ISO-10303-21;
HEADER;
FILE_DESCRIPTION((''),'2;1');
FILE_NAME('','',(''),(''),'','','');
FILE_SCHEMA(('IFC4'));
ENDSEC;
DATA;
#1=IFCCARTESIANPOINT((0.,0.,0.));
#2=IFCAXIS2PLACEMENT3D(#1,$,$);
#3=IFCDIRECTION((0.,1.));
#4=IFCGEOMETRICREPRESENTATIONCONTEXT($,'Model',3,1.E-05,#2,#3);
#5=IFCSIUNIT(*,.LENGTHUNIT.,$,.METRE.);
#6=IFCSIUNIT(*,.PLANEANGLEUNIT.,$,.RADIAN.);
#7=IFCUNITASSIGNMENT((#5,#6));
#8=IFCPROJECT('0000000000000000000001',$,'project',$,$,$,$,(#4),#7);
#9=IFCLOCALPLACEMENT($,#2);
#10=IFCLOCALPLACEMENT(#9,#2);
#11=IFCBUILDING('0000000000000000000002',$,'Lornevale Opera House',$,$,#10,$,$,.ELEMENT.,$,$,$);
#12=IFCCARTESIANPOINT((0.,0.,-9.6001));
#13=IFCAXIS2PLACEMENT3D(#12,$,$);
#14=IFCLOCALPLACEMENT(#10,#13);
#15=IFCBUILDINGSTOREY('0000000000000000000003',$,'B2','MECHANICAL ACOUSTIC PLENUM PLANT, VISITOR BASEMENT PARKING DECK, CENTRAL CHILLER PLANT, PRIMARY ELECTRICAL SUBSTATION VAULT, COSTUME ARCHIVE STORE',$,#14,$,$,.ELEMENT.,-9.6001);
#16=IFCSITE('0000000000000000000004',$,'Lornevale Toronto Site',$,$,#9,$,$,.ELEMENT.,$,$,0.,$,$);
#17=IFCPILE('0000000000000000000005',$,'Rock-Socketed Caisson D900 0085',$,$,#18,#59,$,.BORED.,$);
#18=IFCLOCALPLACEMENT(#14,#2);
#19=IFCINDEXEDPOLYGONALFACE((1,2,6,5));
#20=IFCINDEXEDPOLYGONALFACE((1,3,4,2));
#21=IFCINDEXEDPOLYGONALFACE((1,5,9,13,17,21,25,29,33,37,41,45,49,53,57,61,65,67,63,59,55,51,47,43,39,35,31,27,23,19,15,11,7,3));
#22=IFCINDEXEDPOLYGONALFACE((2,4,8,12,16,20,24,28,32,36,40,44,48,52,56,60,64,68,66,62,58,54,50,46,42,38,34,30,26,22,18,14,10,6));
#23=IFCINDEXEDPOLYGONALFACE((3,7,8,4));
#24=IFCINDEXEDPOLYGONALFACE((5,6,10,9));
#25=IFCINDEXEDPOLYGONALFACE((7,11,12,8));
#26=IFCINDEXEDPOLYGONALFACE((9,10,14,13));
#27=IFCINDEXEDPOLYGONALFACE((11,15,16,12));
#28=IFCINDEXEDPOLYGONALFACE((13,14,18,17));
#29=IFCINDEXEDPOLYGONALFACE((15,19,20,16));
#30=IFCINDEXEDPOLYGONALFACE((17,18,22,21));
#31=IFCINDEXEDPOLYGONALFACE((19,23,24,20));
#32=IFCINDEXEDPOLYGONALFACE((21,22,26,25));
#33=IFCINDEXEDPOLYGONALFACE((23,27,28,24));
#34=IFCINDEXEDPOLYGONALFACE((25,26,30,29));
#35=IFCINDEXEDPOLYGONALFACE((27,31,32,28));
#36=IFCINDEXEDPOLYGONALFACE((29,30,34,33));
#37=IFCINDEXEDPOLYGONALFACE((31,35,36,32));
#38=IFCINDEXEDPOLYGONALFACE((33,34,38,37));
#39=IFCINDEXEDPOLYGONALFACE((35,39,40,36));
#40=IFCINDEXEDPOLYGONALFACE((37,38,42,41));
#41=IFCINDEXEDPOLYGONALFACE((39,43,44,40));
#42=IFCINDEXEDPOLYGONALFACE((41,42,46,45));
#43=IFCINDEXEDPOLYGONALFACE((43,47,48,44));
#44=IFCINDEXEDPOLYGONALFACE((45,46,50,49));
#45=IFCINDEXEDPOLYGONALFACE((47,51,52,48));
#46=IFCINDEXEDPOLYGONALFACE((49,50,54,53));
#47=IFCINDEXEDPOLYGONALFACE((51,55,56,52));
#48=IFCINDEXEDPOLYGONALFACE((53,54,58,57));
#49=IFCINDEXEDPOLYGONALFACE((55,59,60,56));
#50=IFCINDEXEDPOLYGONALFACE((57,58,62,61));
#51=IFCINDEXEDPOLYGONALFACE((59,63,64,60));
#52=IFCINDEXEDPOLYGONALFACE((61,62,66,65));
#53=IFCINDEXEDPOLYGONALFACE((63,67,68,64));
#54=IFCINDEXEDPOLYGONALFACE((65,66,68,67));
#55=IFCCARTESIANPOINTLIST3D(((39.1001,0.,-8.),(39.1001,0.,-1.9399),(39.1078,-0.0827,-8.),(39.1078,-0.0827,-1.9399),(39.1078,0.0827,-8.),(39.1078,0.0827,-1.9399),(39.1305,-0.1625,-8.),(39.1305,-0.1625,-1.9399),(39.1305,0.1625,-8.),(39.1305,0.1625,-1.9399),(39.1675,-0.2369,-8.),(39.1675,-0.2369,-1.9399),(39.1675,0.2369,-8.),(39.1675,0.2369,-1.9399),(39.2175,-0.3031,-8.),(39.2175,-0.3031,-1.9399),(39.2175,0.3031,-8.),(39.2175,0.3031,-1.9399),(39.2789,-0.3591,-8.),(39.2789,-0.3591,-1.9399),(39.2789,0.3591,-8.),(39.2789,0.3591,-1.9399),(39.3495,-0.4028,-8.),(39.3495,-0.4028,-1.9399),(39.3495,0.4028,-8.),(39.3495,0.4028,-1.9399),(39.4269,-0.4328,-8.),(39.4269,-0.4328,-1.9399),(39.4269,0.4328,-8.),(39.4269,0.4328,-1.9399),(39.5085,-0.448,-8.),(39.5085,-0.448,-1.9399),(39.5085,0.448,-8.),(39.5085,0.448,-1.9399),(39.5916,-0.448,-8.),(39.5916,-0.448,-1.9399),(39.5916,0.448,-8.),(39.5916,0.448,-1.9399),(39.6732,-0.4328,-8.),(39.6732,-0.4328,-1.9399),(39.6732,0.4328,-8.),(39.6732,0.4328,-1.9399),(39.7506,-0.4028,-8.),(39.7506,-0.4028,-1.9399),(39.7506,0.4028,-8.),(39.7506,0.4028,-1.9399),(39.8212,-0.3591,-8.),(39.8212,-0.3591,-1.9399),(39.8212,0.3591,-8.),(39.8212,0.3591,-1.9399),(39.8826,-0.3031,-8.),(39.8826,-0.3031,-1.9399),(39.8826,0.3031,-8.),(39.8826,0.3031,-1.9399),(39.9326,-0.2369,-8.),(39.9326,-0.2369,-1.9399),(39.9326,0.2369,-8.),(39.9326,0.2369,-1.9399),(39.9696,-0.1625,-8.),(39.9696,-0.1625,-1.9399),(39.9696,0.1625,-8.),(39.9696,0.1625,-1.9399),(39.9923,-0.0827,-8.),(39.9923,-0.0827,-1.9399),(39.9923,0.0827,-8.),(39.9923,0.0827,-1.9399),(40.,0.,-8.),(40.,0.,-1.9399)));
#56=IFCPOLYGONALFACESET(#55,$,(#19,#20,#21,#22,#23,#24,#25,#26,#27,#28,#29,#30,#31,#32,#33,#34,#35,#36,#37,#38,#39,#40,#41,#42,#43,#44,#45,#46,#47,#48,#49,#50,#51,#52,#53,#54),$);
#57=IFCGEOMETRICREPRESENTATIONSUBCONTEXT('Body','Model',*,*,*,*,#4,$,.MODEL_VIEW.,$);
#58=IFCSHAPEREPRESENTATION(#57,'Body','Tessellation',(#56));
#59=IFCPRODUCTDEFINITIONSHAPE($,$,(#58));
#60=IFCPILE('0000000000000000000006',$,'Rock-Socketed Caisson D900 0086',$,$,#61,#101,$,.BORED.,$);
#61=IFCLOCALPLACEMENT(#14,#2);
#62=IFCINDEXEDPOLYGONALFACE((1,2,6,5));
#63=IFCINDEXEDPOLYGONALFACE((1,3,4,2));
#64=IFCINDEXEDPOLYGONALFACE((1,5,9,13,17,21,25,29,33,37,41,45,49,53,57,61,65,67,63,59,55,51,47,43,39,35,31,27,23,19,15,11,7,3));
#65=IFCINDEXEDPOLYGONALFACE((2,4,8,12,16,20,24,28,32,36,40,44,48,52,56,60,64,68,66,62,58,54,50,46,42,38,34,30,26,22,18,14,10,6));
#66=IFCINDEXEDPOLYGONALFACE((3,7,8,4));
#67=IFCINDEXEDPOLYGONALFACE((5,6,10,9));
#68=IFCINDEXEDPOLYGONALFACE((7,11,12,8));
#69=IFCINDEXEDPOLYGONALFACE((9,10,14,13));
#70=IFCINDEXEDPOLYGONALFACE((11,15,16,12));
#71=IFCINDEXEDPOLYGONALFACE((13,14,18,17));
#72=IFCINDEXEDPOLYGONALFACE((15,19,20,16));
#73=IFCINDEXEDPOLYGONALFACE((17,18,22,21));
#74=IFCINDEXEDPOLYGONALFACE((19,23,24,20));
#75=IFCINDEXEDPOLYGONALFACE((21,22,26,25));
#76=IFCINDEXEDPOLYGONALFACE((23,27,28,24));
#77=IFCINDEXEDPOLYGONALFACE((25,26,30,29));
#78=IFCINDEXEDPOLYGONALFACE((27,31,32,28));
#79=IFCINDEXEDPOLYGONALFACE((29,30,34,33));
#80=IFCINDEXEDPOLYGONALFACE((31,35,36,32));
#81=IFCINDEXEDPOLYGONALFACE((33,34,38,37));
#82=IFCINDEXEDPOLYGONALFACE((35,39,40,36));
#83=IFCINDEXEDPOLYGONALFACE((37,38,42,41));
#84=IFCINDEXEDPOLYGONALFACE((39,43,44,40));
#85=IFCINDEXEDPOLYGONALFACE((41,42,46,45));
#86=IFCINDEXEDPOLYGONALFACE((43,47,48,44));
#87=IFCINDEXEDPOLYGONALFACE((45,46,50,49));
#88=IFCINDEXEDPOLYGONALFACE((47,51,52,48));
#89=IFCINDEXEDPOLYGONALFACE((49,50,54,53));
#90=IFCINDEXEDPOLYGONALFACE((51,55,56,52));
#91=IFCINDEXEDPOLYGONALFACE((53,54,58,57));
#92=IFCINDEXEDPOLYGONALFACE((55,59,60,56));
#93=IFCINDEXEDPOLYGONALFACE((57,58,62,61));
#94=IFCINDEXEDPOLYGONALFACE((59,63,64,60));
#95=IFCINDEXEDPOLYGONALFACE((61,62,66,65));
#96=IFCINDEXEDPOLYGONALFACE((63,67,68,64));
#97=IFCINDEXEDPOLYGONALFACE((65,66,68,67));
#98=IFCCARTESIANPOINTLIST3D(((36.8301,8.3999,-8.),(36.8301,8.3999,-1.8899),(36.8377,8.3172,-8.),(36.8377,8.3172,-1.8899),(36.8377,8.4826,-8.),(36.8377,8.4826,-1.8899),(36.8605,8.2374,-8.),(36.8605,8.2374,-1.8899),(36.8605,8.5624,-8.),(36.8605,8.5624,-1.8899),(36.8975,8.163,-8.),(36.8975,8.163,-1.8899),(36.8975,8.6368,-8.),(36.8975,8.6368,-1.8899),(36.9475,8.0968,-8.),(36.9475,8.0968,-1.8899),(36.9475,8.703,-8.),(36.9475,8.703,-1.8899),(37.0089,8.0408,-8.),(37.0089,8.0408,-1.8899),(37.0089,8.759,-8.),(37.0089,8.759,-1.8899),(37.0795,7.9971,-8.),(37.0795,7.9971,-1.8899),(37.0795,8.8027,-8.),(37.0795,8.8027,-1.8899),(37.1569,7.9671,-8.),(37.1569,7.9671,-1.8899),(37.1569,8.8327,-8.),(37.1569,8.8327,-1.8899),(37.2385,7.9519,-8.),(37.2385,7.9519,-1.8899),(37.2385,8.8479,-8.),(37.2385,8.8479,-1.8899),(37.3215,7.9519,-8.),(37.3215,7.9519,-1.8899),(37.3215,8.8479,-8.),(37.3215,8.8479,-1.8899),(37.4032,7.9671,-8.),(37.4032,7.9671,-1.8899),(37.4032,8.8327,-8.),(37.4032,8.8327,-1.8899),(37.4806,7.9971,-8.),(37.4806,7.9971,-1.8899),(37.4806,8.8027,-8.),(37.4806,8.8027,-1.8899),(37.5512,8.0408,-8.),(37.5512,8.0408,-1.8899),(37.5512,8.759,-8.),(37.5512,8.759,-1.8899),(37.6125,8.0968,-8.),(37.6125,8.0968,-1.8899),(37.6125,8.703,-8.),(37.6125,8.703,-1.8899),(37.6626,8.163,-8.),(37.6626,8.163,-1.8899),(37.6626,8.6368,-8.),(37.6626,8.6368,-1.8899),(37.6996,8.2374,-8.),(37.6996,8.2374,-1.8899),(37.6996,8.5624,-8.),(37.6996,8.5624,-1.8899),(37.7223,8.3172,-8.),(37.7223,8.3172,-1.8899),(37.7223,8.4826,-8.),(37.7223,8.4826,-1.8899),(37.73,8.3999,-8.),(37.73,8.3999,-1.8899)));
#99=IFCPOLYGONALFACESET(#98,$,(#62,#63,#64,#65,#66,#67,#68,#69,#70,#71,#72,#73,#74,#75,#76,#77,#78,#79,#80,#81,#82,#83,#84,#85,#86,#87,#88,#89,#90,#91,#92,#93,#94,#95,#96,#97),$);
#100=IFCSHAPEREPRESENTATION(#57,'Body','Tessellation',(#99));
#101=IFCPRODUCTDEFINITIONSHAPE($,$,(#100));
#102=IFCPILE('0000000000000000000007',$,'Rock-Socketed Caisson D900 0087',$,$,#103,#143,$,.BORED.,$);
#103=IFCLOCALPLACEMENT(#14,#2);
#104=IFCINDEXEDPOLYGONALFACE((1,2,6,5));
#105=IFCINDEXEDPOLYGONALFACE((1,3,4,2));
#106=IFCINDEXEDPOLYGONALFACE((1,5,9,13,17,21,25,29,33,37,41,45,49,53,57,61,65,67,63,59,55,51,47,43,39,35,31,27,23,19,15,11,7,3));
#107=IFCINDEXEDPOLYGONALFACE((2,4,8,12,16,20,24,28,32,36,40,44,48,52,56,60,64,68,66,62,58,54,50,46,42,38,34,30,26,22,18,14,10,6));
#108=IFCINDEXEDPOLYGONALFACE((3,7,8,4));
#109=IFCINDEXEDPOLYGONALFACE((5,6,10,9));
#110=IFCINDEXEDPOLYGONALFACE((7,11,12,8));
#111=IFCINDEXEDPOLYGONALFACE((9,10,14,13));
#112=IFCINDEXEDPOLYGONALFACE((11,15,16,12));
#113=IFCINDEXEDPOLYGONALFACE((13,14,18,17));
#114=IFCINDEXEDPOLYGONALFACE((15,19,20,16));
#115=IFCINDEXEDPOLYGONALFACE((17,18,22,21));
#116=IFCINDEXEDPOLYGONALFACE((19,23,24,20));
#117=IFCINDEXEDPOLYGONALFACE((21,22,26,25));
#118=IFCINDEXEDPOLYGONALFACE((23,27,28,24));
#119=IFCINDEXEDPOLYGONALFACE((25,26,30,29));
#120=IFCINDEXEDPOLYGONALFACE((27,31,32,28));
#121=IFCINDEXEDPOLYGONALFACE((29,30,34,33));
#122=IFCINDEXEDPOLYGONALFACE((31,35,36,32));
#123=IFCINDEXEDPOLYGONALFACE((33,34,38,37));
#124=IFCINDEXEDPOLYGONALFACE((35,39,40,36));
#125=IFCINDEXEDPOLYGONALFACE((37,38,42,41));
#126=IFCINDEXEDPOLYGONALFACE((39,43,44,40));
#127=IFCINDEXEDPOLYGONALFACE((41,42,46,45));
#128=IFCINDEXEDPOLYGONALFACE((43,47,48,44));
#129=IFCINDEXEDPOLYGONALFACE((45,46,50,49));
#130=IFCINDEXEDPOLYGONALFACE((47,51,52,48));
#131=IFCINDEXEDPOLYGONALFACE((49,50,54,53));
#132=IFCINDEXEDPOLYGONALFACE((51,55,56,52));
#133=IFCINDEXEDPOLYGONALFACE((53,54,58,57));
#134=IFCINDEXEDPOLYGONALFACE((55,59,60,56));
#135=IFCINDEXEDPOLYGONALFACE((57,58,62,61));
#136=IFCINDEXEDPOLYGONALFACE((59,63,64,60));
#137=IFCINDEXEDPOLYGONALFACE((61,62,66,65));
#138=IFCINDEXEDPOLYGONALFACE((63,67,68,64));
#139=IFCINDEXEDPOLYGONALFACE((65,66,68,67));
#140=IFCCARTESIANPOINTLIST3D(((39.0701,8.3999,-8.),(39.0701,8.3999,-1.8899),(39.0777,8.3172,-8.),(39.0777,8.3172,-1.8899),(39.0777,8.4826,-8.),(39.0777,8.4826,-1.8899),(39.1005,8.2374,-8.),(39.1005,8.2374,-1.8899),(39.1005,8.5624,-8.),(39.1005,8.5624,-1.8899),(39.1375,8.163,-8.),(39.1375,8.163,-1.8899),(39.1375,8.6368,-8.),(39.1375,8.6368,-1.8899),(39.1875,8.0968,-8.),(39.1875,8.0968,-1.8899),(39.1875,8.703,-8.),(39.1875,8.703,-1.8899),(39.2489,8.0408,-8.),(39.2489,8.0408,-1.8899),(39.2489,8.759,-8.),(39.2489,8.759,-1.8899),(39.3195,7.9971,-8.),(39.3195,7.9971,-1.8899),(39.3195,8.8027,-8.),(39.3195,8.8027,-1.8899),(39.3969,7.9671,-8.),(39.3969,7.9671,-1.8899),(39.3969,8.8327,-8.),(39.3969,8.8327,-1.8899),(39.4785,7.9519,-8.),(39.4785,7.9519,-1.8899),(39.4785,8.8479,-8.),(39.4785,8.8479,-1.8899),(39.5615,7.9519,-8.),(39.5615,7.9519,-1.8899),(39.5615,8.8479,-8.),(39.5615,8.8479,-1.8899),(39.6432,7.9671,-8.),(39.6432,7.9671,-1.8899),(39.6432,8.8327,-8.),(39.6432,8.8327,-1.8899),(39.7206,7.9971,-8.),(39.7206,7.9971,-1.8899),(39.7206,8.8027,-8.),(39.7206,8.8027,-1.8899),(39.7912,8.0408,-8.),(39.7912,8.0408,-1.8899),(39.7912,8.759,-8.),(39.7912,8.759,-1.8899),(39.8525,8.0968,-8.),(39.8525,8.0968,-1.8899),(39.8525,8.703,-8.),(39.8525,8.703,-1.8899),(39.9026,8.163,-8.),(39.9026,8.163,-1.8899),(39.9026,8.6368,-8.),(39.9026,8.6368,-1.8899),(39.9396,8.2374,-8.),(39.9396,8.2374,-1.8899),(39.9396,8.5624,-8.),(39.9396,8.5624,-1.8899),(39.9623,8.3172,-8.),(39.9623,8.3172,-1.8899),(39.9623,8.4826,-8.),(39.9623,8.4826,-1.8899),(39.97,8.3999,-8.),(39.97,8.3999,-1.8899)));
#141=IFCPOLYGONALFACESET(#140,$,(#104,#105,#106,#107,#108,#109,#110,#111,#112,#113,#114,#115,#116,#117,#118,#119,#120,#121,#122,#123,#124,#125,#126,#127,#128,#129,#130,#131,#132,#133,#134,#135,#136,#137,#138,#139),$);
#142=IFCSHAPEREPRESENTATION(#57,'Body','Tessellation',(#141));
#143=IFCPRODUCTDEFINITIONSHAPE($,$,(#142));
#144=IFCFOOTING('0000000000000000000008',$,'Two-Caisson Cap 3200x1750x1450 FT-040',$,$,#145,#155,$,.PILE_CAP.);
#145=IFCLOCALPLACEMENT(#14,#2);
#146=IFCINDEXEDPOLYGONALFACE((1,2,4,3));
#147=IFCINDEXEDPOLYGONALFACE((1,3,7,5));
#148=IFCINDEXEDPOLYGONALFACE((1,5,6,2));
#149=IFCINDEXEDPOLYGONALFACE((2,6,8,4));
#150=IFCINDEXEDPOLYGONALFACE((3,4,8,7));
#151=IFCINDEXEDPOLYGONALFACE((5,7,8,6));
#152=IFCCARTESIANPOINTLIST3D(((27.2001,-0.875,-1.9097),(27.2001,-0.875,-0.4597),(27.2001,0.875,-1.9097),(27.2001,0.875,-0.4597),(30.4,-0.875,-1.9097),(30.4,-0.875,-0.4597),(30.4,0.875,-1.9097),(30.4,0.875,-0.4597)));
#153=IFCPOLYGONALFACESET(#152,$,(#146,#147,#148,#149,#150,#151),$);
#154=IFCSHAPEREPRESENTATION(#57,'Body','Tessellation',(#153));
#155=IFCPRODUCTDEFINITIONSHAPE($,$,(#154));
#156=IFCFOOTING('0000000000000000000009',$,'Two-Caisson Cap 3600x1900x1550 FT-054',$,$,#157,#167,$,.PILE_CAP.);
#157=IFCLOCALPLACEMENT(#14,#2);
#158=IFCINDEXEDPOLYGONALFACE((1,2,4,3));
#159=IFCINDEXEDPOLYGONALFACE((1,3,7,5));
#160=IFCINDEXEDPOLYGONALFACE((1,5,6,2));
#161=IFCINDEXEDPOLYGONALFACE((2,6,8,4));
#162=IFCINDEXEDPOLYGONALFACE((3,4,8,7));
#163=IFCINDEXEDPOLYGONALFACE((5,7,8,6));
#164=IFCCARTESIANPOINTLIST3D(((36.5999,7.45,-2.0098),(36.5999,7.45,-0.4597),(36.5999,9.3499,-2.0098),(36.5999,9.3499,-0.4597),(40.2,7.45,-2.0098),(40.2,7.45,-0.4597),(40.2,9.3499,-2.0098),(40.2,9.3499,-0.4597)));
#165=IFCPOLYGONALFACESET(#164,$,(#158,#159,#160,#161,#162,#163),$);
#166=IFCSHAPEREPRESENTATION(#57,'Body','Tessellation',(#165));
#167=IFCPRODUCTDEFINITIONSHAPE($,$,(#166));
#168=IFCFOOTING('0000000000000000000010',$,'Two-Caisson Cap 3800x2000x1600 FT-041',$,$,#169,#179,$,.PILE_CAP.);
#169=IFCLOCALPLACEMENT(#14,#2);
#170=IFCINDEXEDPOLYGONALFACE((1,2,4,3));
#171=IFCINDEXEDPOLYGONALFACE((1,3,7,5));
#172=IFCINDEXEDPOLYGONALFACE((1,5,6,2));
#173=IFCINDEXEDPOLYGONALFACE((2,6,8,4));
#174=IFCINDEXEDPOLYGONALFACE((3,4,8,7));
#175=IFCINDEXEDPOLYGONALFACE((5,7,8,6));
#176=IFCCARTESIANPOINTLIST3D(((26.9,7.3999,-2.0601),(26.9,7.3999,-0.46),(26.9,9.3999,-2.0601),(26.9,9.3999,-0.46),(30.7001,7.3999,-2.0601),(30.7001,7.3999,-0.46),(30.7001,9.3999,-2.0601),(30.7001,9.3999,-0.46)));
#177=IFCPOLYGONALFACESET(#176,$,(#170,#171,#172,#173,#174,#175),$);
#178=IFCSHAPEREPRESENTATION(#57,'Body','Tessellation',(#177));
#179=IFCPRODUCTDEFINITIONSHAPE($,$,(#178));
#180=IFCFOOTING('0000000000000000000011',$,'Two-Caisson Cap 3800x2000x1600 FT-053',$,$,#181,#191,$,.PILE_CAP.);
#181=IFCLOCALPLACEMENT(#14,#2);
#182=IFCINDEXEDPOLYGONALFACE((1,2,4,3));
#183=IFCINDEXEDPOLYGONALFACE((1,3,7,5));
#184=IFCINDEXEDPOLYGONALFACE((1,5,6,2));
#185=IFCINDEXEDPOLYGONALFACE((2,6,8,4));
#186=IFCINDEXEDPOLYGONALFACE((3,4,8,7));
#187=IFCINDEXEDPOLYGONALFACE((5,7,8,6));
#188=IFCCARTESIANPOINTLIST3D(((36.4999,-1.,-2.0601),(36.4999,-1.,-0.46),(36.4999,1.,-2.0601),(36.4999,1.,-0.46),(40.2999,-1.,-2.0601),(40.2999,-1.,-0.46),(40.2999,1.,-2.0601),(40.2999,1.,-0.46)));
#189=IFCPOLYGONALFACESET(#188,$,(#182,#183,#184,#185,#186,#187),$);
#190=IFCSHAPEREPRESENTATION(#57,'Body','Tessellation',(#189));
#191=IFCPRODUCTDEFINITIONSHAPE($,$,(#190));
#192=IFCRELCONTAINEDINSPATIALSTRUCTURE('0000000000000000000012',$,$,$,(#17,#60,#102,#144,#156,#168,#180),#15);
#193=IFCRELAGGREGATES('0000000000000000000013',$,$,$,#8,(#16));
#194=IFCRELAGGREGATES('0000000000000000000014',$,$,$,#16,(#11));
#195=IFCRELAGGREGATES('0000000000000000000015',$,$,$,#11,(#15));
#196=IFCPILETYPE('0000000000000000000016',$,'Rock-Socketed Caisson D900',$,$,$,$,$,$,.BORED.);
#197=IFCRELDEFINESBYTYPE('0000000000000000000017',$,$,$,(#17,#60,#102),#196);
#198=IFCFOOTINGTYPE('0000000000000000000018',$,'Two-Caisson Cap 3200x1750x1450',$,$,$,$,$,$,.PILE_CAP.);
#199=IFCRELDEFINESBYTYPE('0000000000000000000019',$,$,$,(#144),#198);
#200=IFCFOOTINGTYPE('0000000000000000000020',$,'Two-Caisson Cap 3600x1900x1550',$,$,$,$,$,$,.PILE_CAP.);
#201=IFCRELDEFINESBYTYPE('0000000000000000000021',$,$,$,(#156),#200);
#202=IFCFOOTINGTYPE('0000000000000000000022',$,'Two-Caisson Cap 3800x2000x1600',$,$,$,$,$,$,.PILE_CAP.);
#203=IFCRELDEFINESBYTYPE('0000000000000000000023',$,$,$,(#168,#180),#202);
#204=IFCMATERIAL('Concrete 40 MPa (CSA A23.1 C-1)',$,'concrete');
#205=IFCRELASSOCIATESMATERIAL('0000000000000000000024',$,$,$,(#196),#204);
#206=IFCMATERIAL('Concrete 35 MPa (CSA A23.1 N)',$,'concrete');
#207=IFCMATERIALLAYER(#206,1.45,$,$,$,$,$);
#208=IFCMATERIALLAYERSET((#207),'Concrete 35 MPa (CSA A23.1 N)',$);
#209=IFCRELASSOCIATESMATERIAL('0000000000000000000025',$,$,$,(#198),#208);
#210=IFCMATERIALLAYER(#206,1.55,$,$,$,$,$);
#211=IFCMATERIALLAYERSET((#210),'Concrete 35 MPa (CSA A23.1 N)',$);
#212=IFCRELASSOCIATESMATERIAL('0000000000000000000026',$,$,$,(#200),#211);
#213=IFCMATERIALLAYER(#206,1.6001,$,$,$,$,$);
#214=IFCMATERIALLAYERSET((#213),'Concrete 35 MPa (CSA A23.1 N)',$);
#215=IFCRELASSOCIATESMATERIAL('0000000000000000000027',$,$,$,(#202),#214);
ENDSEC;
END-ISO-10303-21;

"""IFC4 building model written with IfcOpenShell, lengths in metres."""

from ifc_helpers import new_model, si_unit, direction, frame, origin, origin_2d, place, context, subcontext, project, spatial, rectangle, circle, extrude, material, layer, layer_set, material_profile, profile_set, type_object, element, save


model = new_model("IFC4")

# Units and contexts
model_context = context("Model", 3, precision=1e-05, world=origin(), true_north=direction((0.0, 1.0)))
body_context = subcontext(model_context, "Body", "Model", "MODEL_VIEW")
ifc_project = project(units=[si_unit("LENGTHUNIT", "METRE"), si_unit("PLANEANGLEUNIT", "RADIAN")], contexts=[model_context])

# Site, building, storey
site_placement = place(None, origin())
site = spatial("IfcSite", under=ifc_project, at=site_placement, Name="Lornevale Toronto Site", CompositionType="ELEMENT", RefElevation=0.0)
building_placement = place(site_placement, origin())
building = spatial("IfcBuilding", under=site, at=building_placement, Name="Lornevale Opera House", CompositionType="ELEMENT")
storey_placement = place(building_placement, frame((0.0, 0.0, -9.6001)))
storey = spatial("IfcBuildingStorey", under=building, at=storey_placement, Name="B2", Description="MECHANICAL ACOUSTIC PLENUM PLANT, VISITOR BASEMENT PARKING DECK, CENTRAL CHILLER PLANT, PRIMARY ELECTRICAL SUBSTATION VAULT, COSTUME ARCHIVE STORE", CompositionType="ELEMENT", Elevation=-9.6001)

# Shared definitions
ifc_material_1 = material(Name="Concrete 35 MPa (CSA A23.1 N)", Category="concrete")

# Piles
ifc_material_2 = material(Name="Concrete 40 MPa (CSA A23.1 C-1)", Category="concrete")
ifc_material_profile_1 = material_profile(ifc_material_2, circle(Radius=0.45, at=origin_2d()), Name="CAIS900")
ifc_profile_set_1 = profile_set([ifc_material_profile_1], Name="Concrete 40 MPa (CSA A23.1 C-1)")
pile_type_1 = type_object("IfcPileType", Name="Rock-Socketed Caisson D900", PredefinedType="BORED", material=ifc_profile_set_1)
for number, where, z_axis, x_axis, name in (
    (1, (39.55, 0.0, -1.9399), (0.0, 0.0, -1.0), (1.0, 0.0, 0.0), "Rock-Socketed Caisson D900 0085"),
):
    element("IfcPile", number, at=place(storey_placement, frame(where, z_axis=z_axis, x_axis=x_axis)), inside=storey, type_object=pile_type_1, Name=name, PredefinedType="BORED", context=body_context, shape_type="SweptSolid", body=[
        extrude(circle(Radius=0.45, at=origin_2d()), origin(), (0.0, 0.0, 1.0), 6.0601),
    ])
for number, where, z_axis, x_axis, name in (
    (2, (37.28, 8.3999, -1.8899), (0.0, 0.0, -1.0), (1.0, 0.0, 0.0), "Rock-Socketed Caisson D900 0086"),
    (3, (39.52, 8.3999, -1.8899), (0.0, 0.0, -1.0), (1.0, 0.0, 0.0), "Rock-Socketed Caisson D900 0087"),
):
    element("IfcPile", number, at=place(storey_placement, frame(where, z_axis=z_axis, x_axis=x_axis)), inside=storey, type_object=pile_type_1, Name=name, PredefinedType="BORED", context=body_context, shape_type="SweptSolid", body=[
        extrude(circle(Radius=0.45, at=origin_2d()), origin(), (0.0, 0.0, 1.0), 6.1101),
    ])

# Footings
ifc_layer_1 = layer(ifc_material_1, 1.45)
ifc_layer_set_1 = layer_set([ifc_layer_1], Name="Concrete 35 MPa (CSA A23.1 N)")
footing_type_1 = type_object("IfcFootingType", Name="Two-Caisson Cap 3200x1750x1450", PredefinedType="PILE_CAP", material=ifc_layer_set_1)
footing_1_placement = place(storey_placement, frame((28.8, 0.0, -1.9097), z_axis=(0.0, 0.0, 1.0), x_axis=(1.0, 0.0, 0.0)))
element("IfcFooting", 4, at=footing_1_placement, inside=storey, type_object=footing_type_1, Name="Two-Caisson Cap 3200x1750x1450 FT-040", PredefinedType="PILE_CAP", context=body_context, shape_type="SweptSolid", body=[
    extrude(rectangle(XDim=3.2, YDim=1.75, at=origin_2d()), origin(), (0.0, 0.0, 1.0), 1.45),
])
ifc_layer_2 = layer(ifc_material_1, 1.55)
ifc_layer_set_2 = layer_set([ifc_layer_2], Name="Concrete 35 MPa (CSA A23.1 N)")
footing_type_2 = type_object("IfcFootingType", Name="Two-Caisson Cap 3600x1900x1550", PredefinedType="PILE_CAP", material=ifc_layer_set_2)
footing_2_placement = place(storey_placement, frame((38.3999, 8.3999, -2.0098), z_axis=(0.0, 0.0, 1.0), x_axis=(1.0, 0.0, 0.0)))
element("IfcFooting", 5, at=footing_2_placement, inside=storey, type_object=footing_type_2, Name="Two-Caisson Cap 3600x1900x1550 FT-054", PredefinedType="PILE_CAP", context=body_context, shape_type="SweptSolid", body=[
    extrude(rectangle(XDim=3.6001, YDim=1.8999, at=origin_2d()), origin(), (0.0, 0.0, 1.0), 1.55),
])
ifc_layer_3 = layer(ifc_material_1, 1.6001)
ifc_layer_set_3 = layer_set([ifc_layer_3], Name="Concrete 35 MPa (CSA A23.1 N)")
footing_type_3 = type_object("IfcFootingType", Name="Two-Caisson Cap 3800x2000x1600", PredefinedType="PILE_CAP", material=ifc_layer_set_3)
for number, where, z_axis, x_axis, name in (
    (6, (28.8, 8.3999, -2.0601), (0.0, 0.0, 1.0), (1.0, 0.0, 0.0), "Two-Caisson Cap 3800x2000x1600 FT-041"),
    (7, (38.3999, 0.0, -2.0601), (0.0, 0.0, 1.0), (1.0, 0.0, 0.0), "Two-Caisson Cap 3800x2000x1600 FT-053"),
):
    element("IfcFooting", number, at=place(storey_placement, frame(where, z_axis=z_axis, x_axis=x_axis)), inside=storey, type_object=footing_type_3, Name=name, PredefinedType="PILE_CAP", context=body_context, shape_type="SweptSolid", body=[
        extrude(rectangle(XDim=3.8, YDim=2.0, at=origin_2d()), origin(), (0.0, 0.0, 1.0), 1.6001),
    ])

save(model, "model.ifc")
